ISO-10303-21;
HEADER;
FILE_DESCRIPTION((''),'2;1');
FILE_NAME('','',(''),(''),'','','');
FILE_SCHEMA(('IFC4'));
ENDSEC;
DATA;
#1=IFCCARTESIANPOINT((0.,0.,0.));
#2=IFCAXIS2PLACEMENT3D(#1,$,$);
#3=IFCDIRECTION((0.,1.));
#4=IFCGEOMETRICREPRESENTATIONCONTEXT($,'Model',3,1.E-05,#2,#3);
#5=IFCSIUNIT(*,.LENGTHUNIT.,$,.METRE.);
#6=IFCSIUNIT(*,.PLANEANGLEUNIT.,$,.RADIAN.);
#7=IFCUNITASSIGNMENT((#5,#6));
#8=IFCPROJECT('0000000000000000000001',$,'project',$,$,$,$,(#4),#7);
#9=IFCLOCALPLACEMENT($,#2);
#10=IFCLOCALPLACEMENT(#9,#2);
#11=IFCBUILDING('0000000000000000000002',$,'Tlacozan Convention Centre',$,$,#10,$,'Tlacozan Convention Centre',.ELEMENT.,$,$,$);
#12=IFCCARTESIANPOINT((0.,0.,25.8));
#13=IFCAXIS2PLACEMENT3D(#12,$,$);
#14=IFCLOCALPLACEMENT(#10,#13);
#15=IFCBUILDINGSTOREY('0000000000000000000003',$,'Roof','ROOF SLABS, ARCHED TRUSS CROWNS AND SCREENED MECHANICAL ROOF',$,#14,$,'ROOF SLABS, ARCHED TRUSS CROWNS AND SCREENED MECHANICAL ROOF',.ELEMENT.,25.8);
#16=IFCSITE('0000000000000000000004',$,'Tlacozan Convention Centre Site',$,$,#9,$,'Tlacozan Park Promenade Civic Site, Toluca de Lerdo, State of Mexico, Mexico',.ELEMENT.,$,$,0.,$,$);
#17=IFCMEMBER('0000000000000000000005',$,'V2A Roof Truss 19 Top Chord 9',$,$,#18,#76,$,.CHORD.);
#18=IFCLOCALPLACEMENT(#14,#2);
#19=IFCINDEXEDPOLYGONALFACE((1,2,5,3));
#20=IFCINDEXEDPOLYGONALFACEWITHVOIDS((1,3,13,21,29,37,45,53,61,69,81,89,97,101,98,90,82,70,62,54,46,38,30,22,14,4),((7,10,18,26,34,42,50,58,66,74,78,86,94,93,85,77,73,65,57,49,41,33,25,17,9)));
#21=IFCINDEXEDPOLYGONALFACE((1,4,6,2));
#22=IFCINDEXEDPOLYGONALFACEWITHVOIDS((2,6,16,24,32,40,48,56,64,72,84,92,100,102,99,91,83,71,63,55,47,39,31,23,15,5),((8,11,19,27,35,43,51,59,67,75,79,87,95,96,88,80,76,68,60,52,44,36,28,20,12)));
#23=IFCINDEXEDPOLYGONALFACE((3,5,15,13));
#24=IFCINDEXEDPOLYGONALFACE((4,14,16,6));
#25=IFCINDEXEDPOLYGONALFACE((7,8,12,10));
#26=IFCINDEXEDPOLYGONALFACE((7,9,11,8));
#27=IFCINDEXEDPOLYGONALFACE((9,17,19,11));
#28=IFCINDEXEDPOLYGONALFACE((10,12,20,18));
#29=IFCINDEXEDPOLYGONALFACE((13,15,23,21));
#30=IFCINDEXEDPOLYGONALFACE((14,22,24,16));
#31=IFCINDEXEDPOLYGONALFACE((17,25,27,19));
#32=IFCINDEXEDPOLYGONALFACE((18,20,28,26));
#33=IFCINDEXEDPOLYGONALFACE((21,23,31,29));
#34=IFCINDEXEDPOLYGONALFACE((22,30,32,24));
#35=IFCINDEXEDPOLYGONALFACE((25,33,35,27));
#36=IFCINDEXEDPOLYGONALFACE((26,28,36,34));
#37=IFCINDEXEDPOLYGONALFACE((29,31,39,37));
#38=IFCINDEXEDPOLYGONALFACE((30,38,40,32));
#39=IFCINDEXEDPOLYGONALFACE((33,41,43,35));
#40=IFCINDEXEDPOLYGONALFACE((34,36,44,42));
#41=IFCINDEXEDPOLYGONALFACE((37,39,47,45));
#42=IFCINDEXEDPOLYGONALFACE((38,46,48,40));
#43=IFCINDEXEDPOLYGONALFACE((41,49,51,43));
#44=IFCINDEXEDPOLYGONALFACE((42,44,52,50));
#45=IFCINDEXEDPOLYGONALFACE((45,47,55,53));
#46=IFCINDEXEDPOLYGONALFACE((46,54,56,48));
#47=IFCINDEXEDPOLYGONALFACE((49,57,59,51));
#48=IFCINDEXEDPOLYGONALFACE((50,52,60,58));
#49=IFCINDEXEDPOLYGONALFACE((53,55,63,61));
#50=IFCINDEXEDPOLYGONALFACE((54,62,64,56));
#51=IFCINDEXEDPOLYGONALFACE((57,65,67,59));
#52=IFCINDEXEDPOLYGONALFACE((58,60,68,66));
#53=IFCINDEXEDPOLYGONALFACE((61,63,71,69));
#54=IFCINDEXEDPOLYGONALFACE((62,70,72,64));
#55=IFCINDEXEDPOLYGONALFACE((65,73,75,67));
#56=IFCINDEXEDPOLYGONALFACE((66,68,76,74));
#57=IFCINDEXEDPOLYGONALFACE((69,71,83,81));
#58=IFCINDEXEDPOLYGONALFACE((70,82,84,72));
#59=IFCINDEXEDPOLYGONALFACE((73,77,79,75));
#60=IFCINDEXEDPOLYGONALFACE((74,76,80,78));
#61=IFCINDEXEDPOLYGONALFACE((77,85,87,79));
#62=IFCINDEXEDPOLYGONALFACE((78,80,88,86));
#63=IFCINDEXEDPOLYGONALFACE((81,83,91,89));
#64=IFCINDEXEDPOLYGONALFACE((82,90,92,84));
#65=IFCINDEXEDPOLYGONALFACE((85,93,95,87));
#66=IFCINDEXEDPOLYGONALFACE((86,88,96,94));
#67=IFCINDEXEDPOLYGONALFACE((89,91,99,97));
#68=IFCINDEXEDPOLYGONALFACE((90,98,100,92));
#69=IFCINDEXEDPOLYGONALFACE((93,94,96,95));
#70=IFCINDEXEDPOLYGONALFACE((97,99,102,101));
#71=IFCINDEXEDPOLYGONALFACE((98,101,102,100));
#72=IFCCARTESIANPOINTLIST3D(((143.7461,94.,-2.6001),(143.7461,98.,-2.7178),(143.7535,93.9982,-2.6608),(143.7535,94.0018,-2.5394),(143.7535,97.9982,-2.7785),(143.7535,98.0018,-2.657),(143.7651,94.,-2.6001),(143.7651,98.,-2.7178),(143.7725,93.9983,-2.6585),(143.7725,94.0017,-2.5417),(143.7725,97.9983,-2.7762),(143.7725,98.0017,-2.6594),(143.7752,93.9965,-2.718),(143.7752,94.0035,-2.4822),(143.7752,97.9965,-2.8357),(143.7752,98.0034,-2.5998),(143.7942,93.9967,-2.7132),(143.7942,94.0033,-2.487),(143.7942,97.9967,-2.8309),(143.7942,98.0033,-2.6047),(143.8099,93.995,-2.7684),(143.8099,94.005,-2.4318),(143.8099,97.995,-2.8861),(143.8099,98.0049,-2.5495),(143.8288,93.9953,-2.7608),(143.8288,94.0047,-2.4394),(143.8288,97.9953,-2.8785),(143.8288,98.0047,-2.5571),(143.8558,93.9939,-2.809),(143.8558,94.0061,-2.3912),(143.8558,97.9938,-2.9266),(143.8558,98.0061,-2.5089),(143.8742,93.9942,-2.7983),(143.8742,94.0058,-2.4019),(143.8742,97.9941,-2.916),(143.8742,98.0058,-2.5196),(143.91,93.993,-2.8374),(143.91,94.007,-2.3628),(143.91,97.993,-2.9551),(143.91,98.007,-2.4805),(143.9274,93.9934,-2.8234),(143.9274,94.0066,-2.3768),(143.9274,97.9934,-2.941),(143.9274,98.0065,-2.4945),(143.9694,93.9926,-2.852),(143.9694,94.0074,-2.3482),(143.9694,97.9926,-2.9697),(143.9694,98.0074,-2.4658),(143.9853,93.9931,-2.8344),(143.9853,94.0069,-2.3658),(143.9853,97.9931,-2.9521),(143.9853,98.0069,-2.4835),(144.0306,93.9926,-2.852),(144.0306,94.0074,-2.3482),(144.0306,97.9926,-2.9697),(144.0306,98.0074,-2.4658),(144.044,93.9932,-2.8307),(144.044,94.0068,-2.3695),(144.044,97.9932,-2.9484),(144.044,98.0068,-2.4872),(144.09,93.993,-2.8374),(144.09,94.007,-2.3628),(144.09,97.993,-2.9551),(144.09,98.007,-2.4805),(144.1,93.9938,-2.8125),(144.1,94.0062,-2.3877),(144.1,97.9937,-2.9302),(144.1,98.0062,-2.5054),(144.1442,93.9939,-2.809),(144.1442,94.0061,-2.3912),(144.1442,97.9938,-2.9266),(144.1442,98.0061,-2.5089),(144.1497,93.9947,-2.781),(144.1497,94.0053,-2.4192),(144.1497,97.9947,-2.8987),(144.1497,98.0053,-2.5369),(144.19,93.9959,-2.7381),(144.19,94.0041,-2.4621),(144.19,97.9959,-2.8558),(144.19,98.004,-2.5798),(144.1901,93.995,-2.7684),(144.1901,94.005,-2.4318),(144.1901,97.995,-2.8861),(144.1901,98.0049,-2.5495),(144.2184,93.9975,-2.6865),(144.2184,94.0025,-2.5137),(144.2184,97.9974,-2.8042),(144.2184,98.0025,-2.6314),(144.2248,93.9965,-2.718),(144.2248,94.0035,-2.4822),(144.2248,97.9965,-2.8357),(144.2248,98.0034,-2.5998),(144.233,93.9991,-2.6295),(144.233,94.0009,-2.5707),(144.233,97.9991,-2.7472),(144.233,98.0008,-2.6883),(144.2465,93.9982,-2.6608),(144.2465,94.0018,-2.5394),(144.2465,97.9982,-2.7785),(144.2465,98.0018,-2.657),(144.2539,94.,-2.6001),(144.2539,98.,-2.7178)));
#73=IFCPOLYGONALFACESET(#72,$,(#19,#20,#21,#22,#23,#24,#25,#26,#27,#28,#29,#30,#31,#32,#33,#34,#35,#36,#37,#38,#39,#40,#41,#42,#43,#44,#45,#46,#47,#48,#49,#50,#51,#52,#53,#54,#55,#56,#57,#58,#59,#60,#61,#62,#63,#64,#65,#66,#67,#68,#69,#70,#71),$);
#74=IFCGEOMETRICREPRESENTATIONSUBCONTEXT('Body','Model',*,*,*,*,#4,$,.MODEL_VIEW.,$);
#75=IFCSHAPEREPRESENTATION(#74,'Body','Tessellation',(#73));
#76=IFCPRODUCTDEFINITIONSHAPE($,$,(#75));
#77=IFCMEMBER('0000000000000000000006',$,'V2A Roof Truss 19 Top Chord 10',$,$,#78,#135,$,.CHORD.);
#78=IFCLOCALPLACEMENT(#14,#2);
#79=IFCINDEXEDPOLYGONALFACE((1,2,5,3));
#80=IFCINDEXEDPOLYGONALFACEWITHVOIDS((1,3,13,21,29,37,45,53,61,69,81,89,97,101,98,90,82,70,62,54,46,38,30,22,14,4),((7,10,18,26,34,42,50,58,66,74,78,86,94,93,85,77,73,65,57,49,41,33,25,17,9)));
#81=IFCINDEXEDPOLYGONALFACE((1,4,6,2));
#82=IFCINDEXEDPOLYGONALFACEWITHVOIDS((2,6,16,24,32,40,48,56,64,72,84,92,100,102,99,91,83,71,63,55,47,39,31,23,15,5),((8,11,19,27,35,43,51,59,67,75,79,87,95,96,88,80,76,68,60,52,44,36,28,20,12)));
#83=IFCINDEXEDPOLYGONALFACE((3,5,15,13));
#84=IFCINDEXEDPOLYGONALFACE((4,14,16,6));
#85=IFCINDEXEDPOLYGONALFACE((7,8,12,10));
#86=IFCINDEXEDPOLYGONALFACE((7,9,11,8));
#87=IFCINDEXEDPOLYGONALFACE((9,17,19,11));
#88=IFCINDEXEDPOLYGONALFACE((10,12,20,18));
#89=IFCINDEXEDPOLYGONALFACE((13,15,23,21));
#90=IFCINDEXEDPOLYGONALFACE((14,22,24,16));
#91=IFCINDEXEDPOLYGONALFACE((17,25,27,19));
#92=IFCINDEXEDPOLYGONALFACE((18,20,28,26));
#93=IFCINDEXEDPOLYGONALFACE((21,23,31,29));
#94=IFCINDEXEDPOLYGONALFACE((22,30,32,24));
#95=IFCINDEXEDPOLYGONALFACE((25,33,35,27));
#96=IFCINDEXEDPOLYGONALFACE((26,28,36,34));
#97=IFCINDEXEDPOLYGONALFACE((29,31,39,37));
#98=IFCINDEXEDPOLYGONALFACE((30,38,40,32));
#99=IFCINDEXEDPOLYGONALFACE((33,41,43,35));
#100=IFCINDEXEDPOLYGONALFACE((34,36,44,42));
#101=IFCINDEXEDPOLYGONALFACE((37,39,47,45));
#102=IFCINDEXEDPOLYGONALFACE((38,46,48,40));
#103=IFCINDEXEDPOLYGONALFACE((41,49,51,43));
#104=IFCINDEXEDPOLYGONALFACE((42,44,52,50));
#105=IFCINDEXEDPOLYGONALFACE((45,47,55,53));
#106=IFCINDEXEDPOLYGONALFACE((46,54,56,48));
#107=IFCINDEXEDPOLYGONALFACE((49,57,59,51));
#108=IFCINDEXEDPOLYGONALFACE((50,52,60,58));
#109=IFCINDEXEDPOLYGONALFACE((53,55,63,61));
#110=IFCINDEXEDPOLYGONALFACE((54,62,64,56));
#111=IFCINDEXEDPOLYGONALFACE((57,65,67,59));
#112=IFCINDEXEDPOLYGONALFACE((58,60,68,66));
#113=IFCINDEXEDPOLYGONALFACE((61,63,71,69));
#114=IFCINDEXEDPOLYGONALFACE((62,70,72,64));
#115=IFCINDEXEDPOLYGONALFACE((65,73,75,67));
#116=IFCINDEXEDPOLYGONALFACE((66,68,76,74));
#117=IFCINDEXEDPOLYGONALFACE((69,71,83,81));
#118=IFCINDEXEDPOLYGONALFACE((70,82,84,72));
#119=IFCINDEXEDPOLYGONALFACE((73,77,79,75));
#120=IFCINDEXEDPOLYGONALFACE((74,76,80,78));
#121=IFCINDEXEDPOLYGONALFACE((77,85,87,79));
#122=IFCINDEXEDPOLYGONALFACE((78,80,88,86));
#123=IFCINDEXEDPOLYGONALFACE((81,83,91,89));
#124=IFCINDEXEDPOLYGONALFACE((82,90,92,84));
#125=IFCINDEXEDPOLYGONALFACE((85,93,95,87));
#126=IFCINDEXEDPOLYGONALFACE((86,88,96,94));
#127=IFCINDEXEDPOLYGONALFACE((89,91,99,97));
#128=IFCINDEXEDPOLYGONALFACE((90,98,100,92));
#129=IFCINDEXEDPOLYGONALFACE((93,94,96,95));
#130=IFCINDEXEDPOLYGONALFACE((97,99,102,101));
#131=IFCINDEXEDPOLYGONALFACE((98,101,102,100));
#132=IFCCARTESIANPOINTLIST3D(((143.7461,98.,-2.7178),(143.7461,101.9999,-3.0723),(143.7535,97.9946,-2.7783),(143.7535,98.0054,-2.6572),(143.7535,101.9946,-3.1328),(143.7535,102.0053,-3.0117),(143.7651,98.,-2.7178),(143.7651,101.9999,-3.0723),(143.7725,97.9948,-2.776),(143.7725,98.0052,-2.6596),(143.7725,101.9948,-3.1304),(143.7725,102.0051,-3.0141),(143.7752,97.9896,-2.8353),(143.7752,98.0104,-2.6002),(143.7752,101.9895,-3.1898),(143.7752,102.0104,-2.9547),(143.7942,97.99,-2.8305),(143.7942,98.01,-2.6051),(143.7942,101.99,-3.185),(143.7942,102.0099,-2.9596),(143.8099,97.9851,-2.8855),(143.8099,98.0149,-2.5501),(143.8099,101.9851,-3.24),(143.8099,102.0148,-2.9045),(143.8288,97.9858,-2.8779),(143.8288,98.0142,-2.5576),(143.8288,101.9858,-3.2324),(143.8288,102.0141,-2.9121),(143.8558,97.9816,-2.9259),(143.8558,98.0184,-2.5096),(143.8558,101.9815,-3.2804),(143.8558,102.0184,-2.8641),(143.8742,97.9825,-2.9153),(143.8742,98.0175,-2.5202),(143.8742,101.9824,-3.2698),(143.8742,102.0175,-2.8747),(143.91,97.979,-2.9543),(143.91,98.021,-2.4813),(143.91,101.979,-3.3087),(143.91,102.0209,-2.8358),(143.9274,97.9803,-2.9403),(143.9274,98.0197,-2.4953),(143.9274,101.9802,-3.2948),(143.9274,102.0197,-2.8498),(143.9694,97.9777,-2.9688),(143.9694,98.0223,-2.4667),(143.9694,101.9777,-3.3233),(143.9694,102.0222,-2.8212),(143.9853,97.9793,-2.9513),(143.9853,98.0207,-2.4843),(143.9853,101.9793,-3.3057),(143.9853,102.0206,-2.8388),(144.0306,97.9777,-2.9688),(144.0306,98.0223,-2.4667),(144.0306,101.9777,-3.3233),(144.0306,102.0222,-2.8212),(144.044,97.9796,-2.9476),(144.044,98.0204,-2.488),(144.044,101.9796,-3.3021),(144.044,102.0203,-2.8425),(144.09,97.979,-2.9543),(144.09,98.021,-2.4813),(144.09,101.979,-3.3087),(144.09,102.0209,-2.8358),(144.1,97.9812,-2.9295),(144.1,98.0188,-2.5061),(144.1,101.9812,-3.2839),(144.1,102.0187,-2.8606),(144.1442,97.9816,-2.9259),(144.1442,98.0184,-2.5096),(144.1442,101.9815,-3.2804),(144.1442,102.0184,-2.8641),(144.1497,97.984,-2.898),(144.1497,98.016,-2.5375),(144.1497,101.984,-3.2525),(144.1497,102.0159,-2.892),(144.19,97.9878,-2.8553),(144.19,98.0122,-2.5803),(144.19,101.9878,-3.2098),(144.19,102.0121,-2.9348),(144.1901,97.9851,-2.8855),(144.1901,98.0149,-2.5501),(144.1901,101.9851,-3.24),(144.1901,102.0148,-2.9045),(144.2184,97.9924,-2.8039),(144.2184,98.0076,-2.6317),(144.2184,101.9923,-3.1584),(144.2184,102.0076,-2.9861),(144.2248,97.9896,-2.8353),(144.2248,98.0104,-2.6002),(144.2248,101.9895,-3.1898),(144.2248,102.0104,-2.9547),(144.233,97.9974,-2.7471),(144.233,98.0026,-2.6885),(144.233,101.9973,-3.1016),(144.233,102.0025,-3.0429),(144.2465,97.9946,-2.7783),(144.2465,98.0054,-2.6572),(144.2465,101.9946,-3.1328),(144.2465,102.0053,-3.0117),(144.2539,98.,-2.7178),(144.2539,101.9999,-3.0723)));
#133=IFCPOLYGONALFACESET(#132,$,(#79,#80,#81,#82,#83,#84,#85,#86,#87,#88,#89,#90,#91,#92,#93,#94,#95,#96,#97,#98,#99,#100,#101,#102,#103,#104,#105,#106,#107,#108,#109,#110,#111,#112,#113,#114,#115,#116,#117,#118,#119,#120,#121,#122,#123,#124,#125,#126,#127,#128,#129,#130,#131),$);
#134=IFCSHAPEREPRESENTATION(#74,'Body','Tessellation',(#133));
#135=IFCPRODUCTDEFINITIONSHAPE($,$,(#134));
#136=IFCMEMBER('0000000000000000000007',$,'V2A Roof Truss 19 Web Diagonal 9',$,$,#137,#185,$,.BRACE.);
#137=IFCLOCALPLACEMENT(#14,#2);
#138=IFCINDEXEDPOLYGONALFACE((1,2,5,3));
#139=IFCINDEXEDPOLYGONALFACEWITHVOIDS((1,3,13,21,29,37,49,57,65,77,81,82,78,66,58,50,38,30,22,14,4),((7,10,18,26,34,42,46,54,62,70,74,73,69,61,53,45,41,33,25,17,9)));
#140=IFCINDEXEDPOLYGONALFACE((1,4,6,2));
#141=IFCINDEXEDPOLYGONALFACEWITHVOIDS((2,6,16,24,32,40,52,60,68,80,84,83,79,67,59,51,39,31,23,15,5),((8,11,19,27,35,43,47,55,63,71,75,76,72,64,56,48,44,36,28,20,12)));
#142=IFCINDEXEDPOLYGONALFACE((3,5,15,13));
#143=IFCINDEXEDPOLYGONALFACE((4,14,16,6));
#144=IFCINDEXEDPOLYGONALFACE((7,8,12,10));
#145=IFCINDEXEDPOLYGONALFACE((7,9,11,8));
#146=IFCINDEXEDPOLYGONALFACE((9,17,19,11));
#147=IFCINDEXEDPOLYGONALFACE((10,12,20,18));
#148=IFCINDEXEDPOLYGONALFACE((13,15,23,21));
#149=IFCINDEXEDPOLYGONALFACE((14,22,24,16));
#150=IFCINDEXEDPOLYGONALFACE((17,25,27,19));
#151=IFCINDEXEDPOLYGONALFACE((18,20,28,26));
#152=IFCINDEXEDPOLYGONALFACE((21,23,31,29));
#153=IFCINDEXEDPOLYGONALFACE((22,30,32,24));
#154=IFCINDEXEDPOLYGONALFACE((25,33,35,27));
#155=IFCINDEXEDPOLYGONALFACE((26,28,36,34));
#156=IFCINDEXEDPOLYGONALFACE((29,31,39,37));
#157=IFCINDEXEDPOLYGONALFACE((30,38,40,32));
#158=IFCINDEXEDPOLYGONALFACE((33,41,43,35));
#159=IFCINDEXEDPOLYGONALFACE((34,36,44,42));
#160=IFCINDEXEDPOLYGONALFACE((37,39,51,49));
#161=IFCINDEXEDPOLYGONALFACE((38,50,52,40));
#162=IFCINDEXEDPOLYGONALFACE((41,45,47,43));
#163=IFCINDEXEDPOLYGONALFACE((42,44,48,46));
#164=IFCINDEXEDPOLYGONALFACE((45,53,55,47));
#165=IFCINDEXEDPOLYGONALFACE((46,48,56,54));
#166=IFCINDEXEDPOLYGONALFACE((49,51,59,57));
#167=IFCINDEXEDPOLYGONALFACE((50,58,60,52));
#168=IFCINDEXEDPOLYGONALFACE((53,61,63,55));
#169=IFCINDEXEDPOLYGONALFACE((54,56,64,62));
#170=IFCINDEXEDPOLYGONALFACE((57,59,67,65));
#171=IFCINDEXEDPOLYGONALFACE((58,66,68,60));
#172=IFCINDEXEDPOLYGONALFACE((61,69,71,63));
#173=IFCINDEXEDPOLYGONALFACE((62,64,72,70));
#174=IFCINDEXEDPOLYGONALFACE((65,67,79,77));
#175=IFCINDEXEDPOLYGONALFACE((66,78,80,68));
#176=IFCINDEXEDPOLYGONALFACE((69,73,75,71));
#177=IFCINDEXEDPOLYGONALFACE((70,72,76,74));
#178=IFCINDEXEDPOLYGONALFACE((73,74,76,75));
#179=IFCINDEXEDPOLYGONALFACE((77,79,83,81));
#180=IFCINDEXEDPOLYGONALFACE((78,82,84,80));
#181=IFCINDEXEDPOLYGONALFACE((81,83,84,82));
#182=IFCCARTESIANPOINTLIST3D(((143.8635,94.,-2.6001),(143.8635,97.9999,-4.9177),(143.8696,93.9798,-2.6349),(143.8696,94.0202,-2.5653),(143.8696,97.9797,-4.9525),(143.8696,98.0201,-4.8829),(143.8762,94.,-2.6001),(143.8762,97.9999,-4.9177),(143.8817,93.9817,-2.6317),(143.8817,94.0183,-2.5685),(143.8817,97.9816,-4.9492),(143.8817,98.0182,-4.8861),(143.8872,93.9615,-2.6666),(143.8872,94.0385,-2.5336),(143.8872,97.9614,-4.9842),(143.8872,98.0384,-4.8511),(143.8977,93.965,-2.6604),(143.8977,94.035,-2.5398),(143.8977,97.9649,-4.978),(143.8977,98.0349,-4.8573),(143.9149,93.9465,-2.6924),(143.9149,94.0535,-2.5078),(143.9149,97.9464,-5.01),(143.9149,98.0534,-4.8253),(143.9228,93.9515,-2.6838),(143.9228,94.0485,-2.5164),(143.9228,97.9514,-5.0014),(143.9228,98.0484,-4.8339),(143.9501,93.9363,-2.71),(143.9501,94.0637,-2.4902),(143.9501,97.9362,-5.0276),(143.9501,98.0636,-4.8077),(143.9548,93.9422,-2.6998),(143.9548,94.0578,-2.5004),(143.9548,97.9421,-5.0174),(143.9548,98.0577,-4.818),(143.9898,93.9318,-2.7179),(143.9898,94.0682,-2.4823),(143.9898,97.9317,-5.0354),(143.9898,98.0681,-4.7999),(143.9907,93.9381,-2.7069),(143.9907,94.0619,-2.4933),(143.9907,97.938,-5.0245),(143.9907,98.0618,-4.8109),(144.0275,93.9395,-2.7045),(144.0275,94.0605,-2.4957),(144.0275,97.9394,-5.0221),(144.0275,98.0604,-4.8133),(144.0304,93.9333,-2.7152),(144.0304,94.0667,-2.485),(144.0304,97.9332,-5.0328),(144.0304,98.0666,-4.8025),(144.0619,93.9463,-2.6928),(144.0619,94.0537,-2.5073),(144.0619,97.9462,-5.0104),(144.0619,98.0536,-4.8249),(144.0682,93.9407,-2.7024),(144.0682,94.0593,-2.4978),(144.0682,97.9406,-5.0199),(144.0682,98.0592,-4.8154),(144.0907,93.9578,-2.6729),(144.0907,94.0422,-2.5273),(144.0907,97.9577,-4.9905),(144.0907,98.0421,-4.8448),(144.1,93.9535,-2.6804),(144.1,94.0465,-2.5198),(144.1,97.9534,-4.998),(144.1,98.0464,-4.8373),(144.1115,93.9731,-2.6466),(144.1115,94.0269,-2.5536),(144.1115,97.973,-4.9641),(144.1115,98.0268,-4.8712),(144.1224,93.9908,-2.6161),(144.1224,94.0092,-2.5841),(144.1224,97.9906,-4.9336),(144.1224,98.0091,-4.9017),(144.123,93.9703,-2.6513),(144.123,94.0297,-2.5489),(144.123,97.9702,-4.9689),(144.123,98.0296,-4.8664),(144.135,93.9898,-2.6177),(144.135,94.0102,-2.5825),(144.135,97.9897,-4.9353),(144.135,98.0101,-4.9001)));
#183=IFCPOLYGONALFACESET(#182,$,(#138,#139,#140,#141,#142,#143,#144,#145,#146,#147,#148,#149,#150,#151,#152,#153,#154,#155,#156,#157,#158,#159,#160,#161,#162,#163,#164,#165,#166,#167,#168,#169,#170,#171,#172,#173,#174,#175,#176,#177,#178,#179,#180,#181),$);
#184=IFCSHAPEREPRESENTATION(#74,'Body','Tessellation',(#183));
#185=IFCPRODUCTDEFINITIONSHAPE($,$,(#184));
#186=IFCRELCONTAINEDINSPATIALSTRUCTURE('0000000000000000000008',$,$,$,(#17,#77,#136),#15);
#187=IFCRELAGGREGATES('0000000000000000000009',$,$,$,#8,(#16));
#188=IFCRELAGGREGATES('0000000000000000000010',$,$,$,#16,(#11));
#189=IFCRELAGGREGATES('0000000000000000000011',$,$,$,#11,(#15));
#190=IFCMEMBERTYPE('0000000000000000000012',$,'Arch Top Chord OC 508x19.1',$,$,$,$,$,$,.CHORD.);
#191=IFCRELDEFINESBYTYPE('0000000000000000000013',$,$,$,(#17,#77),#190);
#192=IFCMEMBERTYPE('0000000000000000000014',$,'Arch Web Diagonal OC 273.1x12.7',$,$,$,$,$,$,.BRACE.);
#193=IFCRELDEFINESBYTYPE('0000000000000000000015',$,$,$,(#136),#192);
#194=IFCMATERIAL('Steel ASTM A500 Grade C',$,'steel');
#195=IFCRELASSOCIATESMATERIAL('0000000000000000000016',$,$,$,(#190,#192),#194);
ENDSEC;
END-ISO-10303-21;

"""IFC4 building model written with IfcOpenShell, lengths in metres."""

from ifc_helpers import new_model, si_unit, direction, frame, origin, origin_2d, place, context, subcontext, project, spatial, hollow_circle, extrude, material, material_profile, profile_set, type_object, element, save


model = new_model("IFC4")

# Units and contexts
model_context = context("Model", 3, precision=1e-05, world=origin(), true_north=direction((0.0, 1.0)))
body_context = subcontext(model_context, "Body", "Model", "MODEL_VIEW")
ifc_project = project(units=[si_unit("LENGTHUNIT", "METRE"), si_unit("PLANEANGLEUNIT", "RADIAN")], contexts=[model_context])

# Site, building, storey
site_placement = place(None, origin())
site = spatial("IfcSite", under=ifc_project, at=site_placement, Name="Tlacozan Convention Centre Site", LongName="Tlacozan Park Promenade Civic Site, Toluca de Lerdo, State of Mexico, Mexico", CompositionType="ELEMENT", RefElevation=0.0)
building_placement = place(site_placement, origin())
building = spatial("IfcBuilding", under=site, at=building_placement, Name="Tlacozan Convention Centre", LongName="Tlacozan Convention Centre", CompositionType="ELEMENT")
storey_placement = place(building_placement, frame((0.0, 0.0, 25.8)))
storey = spatial("IfcBuildingStorey", under=building, at=storey_placement, Name="Roof", Description="ROOF SLABS, ARCHED TRUSS CROWNS AND SCREENED MECHANICAL ROOF", LongName="ROOF SLABS, ARCHED TRUSS CROWNS AND SCREENED MECHANICAL ROOF", CompositionType="ELEMENT", Elevation=25.8)

# Members
ifc_material_1 = material(Name="Steel ASTM A500 Grade C", Category="steel")
ifc_material_profile_1 = material_profile(ifc_material_1, hollow_circle(Radius=0.2539, WallThickness=0.019, at=origin_2d()), Name="OC 508.0x19.1")
ifc_profile_set_1 = profile_set([ifc_material_profile_1], Name="Steel ASTM A500 Grade C")
member_type_1 = type_object("IfcMemberType", Name="Arch Top Chord OC 508x19.1", PredefinedType="CHORD", material=ifc_profile_set_1)
member_1_placement = place(storey_placement, frame((144.0, 94.0, -2.6001), z_axis=(0.0, 0.999568, -0.029406), x_axis=(-1.0, 0.0, 0.0)))
element("IfcMember", 1, at=member_1_placement, inside=storey, type_object=member_type_1, Name="V2A Roof Truss 19 Top Chord 9", PredefinedType="CHORD", context=body_context, shape_type="SweptSolid", body=[
    extrude(hollow_circle(Radius=0.2539, WallThickness=0.019, at=origin_2d()), origin(), (0.0, 0.0, 1.0), 4.0017),
])
member_2_placement = place(storey_placement, frame((144.0, 98.0, -2.7178), z_axis=(0.0, 0.996096, -0.088277), x_axis=(-1.0, 0.0, 0.0)))
element("IfcMember", 2, at=member_2_placement, inside=storey, type_object=member_type_1, Name="V2A Roof Truss 19 Top Chord 10", PredefinedType="CHORD", context=body_context, shape_type="SweptSolid", body=[
    extrude(hollow_circle(Radius=0.2539, WallThickness=0.019, at=origin_2d()), origin(), (0.0, 0.0, 1.0), 4.0156),
])
ifc_material_profile_2 = material_profile(ifc_material_1, hollow_circle(Radius=0.1365, WallThickness=0.0127, at=origin_2d()), Name="OC 273.1x12.7")
ifc_profile_set_2 = profile_set([ifc_material_profile_2], Name="Steel ASTM A500 Grade C")
member_type_2 = type_object("IfcMemberType", Name="Arch Web Diagonal OC 273.1x12.7", PredefinedType="BRACE", material=ifc_profile_set_2)
member_3_placement = place(storey_placement, frame((144.0, 94.0, -2.6001), z_axis=(0.0, 0.865254, -0.501334), x_axis=(-1.0, 0.0, 0.0)))
element("IfcMember", 3, at=member_3_placement, inside=storey, type_object=member_type_2, Name="V2A Roof Truss 19 Web Diagonal 9", PredefinedType="BRACE", context=body_context, shape_type="SweptSolid", body=[
    extrude(hollow_circle(Radius=0.1365, WallThickness=0.0127, at=origin_2d()), origin(), (0.0, 0.0, 1.0), 4.6228),
])

save(model, "model.ifc")
